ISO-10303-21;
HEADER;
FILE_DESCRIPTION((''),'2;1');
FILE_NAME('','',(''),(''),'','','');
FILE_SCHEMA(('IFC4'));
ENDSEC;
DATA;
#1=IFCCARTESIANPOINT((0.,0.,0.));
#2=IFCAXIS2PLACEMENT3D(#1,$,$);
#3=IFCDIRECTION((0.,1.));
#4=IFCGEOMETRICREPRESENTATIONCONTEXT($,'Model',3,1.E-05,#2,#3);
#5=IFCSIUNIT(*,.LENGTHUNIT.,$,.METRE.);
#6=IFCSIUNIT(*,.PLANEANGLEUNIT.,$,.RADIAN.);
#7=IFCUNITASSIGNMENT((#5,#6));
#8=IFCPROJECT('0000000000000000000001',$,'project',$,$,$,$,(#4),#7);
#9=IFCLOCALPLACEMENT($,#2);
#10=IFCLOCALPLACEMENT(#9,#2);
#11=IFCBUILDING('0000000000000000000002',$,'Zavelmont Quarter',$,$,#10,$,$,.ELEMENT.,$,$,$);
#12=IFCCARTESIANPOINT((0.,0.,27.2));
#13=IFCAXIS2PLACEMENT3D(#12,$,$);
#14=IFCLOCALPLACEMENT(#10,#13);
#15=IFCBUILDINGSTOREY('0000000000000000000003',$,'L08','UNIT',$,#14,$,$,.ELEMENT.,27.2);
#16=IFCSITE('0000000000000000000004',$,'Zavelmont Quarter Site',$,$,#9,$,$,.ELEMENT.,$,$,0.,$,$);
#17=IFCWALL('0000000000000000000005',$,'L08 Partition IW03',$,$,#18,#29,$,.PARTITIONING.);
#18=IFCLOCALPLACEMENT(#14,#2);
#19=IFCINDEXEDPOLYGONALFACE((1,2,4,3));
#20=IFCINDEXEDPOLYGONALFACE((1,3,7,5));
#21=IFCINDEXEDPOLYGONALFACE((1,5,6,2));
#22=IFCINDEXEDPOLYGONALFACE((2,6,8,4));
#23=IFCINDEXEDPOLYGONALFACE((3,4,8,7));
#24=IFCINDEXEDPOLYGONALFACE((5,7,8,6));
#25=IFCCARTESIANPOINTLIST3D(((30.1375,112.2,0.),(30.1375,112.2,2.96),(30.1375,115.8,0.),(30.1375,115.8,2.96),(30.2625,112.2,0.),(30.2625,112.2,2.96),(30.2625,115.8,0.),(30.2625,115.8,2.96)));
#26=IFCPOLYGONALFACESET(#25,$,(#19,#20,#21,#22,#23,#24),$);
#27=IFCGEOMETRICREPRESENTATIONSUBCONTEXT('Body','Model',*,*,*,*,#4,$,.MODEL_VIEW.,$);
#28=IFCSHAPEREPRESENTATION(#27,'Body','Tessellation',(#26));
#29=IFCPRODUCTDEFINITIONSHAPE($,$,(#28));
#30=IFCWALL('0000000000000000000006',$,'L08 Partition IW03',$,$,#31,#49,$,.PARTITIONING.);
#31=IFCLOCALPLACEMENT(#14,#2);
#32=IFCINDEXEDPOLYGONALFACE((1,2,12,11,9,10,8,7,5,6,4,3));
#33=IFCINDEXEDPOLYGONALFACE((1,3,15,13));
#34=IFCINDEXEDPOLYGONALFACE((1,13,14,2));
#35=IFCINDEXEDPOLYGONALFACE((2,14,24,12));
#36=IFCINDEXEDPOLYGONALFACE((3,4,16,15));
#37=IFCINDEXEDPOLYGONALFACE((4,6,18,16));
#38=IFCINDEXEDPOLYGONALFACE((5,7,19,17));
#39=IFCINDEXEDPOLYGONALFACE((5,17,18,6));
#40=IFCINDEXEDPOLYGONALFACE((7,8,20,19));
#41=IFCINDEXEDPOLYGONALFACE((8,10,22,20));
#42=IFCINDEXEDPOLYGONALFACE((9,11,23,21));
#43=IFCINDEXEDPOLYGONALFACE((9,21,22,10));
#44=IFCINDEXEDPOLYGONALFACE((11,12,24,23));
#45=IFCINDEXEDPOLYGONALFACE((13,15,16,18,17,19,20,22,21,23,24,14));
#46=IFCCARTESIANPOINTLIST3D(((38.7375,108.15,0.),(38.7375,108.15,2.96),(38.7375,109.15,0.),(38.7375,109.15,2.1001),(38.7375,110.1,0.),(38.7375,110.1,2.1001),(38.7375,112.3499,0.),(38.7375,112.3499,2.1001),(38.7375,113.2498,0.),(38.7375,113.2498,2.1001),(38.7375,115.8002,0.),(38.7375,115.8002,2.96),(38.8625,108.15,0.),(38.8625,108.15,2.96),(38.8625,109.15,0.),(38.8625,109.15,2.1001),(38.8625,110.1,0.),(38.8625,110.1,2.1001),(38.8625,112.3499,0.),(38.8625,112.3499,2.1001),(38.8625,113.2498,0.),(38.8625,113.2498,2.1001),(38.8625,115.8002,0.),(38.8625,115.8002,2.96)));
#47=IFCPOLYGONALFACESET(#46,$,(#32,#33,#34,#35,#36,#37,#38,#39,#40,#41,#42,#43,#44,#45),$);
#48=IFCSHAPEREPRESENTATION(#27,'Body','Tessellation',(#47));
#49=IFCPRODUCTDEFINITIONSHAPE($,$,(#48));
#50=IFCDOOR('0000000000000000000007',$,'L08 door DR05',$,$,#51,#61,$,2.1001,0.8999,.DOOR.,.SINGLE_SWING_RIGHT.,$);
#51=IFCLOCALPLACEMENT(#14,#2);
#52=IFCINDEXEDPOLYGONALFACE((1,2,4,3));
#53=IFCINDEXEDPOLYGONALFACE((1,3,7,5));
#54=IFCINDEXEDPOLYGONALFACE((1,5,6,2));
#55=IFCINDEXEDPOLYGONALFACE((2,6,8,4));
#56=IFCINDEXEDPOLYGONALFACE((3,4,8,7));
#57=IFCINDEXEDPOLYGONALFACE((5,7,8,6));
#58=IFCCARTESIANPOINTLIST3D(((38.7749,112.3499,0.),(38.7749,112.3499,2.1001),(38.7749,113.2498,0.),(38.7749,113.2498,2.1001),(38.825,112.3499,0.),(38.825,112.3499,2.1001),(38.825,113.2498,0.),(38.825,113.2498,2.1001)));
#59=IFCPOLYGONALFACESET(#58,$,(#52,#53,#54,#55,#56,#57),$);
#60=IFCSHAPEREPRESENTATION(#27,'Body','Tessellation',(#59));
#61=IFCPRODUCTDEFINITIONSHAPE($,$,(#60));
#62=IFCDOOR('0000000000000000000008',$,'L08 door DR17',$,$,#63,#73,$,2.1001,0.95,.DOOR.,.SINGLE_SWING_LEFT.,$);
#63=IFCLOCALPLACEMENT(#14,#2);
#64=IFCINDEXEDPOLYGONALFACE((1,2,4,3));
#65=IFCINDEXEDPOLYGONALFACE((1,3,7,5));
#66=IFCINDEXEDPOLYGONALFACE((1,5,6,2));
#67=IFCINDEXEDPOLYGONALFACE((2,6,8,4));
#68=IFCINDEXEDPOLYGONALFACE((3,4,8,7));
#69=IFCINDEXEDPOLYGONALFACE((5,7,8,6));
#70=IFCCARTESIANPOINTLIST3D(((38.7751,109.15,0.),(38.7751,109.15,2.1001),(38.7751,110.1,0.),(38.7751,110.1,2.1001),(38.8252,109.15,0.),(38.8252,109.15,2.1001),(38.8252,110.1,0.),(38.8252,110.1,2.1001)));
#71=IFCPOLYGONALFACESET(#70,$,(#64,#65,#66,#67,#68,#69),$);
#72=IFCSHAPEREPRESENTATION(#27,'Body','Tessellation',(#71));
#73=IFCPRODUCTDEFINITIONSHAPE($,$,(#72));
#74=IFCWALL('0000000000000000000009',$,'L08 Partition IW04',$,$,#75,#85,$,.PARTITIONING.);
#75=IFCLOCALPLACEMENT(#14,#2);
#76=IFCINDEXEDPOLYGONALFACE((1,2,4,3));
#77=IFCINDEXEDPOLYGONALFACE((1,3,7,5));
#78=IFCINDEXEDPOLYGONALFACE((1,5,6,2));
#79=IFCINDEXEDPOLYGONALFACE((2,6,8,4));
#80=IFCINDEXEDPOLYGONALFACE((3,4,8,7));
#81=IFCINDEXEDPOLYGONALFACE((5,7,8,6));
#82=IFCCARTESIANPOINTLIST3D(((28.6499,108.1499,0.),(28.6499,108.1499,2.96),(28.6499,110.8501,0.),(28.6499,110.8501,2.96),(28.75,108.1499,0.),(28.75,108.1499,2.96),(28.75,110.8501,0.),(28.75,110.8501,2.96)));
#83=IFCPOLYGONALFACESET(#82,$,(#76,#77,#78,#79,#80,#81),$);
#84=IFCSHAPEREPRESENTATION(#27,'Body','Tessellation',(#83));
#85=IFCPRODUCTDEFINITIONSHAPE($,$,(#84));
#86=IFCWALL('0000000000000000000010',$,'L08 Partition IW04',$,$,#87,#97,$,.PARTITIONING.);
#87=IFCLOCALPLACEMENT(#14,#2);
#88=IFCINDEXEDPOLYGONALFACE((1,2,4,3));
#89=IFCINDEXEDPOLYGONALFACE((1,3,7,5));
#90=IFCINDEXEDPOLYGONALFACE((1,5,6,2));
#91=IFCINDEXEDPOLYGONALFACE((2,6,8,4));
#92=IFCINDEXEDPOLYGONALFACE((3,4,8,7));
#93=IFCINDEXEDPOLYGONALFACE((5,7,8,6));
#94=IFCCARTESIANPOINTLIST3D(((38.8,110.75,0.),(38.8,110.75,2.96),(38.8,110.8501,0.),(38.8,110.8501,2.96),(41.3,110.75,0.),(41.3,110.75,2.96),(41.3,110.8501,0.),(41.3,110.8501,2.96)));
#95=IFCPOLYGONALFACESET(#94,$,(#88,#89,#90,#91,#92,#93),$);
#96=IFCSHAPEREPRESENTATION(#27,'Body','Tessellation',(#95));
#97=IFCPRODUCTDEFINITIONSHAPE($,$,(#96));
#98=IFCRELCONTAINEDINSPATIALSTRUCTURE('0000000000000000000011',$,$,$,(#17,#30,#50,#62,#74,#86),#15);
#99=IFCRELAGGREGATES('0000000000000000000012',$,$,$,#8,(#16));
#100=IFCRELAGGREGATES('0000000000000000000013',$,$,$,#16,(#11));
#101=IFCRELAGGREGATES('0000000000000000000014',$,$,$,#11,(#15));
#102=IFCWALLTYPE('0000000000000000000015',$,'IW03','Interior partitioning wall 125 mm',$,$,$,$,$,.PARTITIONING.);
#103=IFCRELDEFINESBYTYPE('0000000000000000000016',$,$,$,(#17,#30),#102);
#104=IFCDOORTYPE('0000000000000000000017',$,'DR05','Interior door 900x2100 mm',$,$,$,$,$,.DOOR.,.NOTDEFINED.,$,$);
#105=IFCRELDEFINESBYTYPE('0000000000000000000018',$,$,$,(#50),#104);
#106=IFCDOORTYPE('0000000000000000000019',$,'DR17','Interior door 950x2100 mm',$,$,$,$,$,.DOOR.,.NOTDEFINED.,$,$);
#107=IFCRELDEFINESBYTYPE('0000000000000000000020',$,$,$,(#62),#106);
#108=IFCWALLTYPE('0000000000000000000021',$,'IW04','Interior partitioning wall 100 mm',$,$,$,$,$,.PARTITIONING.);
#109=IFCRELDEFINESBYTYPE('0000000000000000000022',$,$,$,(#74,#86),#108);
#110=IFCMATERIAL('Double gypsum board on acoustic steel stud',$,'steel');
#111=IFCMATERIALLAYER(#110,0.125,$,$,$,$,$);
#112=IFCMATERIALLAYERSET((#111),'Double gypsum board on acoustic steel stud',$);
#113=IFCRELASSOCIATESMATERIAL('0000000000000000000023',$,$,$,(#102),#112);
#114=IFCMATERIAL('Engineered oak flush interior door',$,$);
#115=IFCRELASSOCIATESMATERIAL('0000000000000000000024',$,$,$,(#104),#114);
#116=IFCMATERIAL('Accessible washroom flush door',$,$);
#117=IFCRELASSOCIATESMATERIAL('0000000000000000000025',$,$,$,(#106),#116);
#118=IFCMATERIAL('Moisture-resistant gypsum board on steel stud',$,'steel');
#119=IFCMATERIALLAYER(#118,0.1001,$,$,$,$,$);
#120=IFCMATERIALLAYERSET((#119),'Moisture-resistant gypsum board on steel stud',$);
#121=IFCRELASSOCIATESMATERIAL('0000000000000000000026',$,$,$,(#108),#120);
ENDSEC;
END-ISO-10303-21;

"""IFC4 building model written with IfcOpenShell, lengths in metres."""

from ifc_helpers import new_model, si_unit, direction, frame, frame_2d, origin, origin_with_axes, place, context, subcontext, project, spatial, rectangle, extrude, material, layer, layer_set, type_object, element, fill, save


model = new_model("IFC4")

# Units and contexts
model_context = context("Model", 3, precision=1e-05, world=origin(), true_north=direction((0.0, 1.0)))
body_context = subcontext(model_context, "Body", "Model", "MODEL_VIEW")
ifc_project = project(units=[si_unit("LENGTHUNIT", "METRE"), si_unit("PLANEANGLEUNIT", "RADIAN")], contexts=[model_context])

# Site, building, storey
site_placement = place(None, origin())
site = spatial("IfcSite", under=ifc_project, at=site_placement, Name="Zavelmont Quarter Site", CompositionType="ELEMENT", RefElevation=0.0)
building_placement = place(site_placement, origin())
building = spatial("IfcBuilding", under=site, at=building_placement, Name="Zavelmont Quarter", CompositionType="ELEMENT")
storey_placement = place(building_placement, frame((0.0, 0.0, 27.2)))
storey = spatial("IfcBuildingStorey", under=building, at=storey_placement, Name="L08", Description="UNIT", CompositionType="ELEMENT", Elevation=27.2)

# Shared definitions
ifc_material_1 = material(Name="Double gypsum board on acoustic steel stud", Category="steel")
ifc_layer_1 = layer(ifc_material_1, 0.125)
ifc_layer_set_1 = layer_set([ifc_layer_1], Name="Double gypsum board on acoustic steel stud")
wall_type_1 = type_object("IfcWallType", Name="IW03", Description="Interior partitioning wall 125 mm", PredefinedType="PARTITIONING", material=ifc_layer_set_1)
ifc_material_2 = material(Name="Engineered oak flush interior door")
door_type_1 = type_object("IfcDoorType", Name="DR05", Description="Interior door 900x2100 mm", OperationType="NOTDEFINED", PredefinedType="DOOR", material=ifc_material_2)

# Wall
wall_1_placement = place(storey_placement, frame((30.2, 112.2, 0.0), z_axis=(0.0, 0.0, 1.0), x_axis=(0.0, 1.0, 0.0)))
element("IfcWall", 1, at=wall_1_placement, inside=storey, type_object=wall_type_1, Name="L08 Partition IW03", PredefinedType="PARTITIONING", context=body_context, shape_type="SweptSolid", body=[
    extrude(rectangle(XDim=3.6001, YDim=0.125, at=frame_2d((1.8, 0.0))), origin(), (0.0, 0.0, 1.0), 2.96),
])

# Wall, openings, doors
wall_2_placement = place(storey_placement, frame((38.8, 108.1499, 0.0), z_axis=(0.0, 0.0, 1.0), x_axis=(0.0, 1.0, 0.0)))
wall_2 = element("IfcWall", 2, at=wall_2_placement, inside=storey, type_object=wall_type_1, Name="L08 Partition IW03", PredefinedType="PARTITIONING", context=body_context, shape_type="SweptSolid", body=[
    extrude(rectangle(XDim=7.6501, YDim=0.125, at=frame_2d((3.8252, 0.0))), origin(), (0.0, 0.0, 1.0), 2.96),
])
opening_1_placement = place(wall_2_placement, frame((1.0, 0.0, 0.0)))
opening_1 = element("IfcOpeningElement", 3, at=opening_1_placement, cuts=wall_2, PredefinedType="OPENING", context=body_context, shape_type="SweptSolid", body=[
    extrude(rectangle(XDim=0.95, YDim=2.1001, at=frame_2d((0.4751, 1.05))), frame((0.0, 0.0745, 0.0), z_axis=(0.0, -1.0, 0.0), x_axis=(1.0, 0.0, 0.0)), (0.0, 0.0, 1.0), 0.1489),
])
opening_2_placement = place(wall_2_placement, frame((4.2, 0.0, 0.0)))
opening_2 = element("IfcOpeningElement", 4, at=opening_2_placement, cuts=wall_2, PredefinedType="OPENING", context=body_context, shape_type="SweptSolid", body=[
    extrude(rectangle(XDim=0.8999, YDim=2.1001, at=frame_2d((0.45, 1.05))), frame((0.0, 0.0745, 0.0), z_axis=(0.0, -1.0, 0.0), x_axis=(1.0, 0.0, 0.0)), (0.0, 0.0, 1.0), 0.1489),
])
door_1_placement = place(opening_2_placement, frame((0.8999, 0.0, 0.0), z_axis=(0.0, 0.0, 1.0), x_axis=(-1.0, 0.0, 0.0)))
door_1 = element("IfcDoor", 5, at=door_1_placement, inside=storey, type_object=door_type_1, Name="L08 door DR05", OperationType="SINGLE_SWING_RIGHT", OverallHeight=2.1001, OverallWidth=0.8999, PredefinedType="DOOR", context=body_context, shape_type="SweptSolid", body=[
    extrude(rectangle(XDim=0.8999, YDim=2.1001, at=frame_2d((0.45, 1.05))), frame((0.0, 0.0249, 0.0), z_axis=(0.0, -1.0, 0.0), x_axis=(1.0, 0.0, 0.0)), (0.0, 0.0, 1.0), 0.05),
])
fill(opening_2, door_1)
ifc_material_3 = material(Name="Accessible washroom flush door")
door_type_2 = type_object("IfcDoorType", Name="DR17", Description="Interior door 950x2100 mm", OperationType="NOTDEFINED", PredefinedType="DOOR", material=ifc_material_3)
door_2_placement = place(opening_1_placement, origin_with_axes())
door_2 = element("IfcDoor", 6, at=door_2_placement, inside=storey, type_object=door_type_2, Name="L08 door DR17", OperationType="SINGLE_SWING_LEFT", OverallHeight=2.1001, OverallWidth=0.95, PredefinedType="DOOR", context=body_context, shape_type="SweptSolid", body=[
    extrude(rectangle(XDim=0.95, YDim=2.1001, at=frame_2d((0.4751, 1.05))), frame((0.0, 0.0249, 0.0), z_axis=(0.0, -1.0, 0.0), x_axis=(1.0, 0.0, 0.0)), (0.0, 0.0, 1.0), 0.05),
])
fill(opening_1, door_2)

# Walls
ifc_material_4 = material(Name="Moisture-resistant gypsum board on steel stud", Category="steel")
ifc_layer_2 = layer(ifc_material_4, 0.1001)
ifc_layer_set_2 = layer_set([ifc_layer_2], Name="Moisture-resistant gypsum board on steel stud")
wall_type_2 = type_object("IfcWallType", Name="IW04", Description="Interior partitioning wall 100 mm", PredefinedType="PARTITIONING", material=ifc_layer_set_2)
wall_3_placement = place(storey_placement, frame((28.7, 108.1499, 0.0), z_axis=(0.0, 0.0, 1.0), x_axis=(0.0, 1.0, 0.0)))
element("IfcWall", 7, at=wall_3_placement, inside=storey, type_object=wall_type_2, Name="L08 Partition IW04", PredefinedType="PARTITIONING", context=body_context, shape_type="SweptSolid", body=[
    extrude(rectangle(XDim=2.7002, YDim=0.1001, at=frame_2d((1.3501, 0.0))), origin(), (0.0, 0.0, 1.0), 2.96),
])
wall_4_placement = place(storey_placement, frame((38.8, 110.8, 0.0), z_axis=(0.0, 0.0, 1.0), x_axis=(1.0, 0.0, 0.0)))
element("IfcWall", 8, at=wall_4_placement, inside=storey, type_object=wall_type_2, Name="L08 Partition IW04", PredefinedType="PARTITIONING", context=body_context, shape_type="SweptSolid", body=[
    extrude(rectangle(XDim=2.5, YDim=0.1001, at=frame_2d((1.25, 0.0))), origin(), (0.0, 0.0, 1.0), 2.96),
])

save(model, "model.ifc")
